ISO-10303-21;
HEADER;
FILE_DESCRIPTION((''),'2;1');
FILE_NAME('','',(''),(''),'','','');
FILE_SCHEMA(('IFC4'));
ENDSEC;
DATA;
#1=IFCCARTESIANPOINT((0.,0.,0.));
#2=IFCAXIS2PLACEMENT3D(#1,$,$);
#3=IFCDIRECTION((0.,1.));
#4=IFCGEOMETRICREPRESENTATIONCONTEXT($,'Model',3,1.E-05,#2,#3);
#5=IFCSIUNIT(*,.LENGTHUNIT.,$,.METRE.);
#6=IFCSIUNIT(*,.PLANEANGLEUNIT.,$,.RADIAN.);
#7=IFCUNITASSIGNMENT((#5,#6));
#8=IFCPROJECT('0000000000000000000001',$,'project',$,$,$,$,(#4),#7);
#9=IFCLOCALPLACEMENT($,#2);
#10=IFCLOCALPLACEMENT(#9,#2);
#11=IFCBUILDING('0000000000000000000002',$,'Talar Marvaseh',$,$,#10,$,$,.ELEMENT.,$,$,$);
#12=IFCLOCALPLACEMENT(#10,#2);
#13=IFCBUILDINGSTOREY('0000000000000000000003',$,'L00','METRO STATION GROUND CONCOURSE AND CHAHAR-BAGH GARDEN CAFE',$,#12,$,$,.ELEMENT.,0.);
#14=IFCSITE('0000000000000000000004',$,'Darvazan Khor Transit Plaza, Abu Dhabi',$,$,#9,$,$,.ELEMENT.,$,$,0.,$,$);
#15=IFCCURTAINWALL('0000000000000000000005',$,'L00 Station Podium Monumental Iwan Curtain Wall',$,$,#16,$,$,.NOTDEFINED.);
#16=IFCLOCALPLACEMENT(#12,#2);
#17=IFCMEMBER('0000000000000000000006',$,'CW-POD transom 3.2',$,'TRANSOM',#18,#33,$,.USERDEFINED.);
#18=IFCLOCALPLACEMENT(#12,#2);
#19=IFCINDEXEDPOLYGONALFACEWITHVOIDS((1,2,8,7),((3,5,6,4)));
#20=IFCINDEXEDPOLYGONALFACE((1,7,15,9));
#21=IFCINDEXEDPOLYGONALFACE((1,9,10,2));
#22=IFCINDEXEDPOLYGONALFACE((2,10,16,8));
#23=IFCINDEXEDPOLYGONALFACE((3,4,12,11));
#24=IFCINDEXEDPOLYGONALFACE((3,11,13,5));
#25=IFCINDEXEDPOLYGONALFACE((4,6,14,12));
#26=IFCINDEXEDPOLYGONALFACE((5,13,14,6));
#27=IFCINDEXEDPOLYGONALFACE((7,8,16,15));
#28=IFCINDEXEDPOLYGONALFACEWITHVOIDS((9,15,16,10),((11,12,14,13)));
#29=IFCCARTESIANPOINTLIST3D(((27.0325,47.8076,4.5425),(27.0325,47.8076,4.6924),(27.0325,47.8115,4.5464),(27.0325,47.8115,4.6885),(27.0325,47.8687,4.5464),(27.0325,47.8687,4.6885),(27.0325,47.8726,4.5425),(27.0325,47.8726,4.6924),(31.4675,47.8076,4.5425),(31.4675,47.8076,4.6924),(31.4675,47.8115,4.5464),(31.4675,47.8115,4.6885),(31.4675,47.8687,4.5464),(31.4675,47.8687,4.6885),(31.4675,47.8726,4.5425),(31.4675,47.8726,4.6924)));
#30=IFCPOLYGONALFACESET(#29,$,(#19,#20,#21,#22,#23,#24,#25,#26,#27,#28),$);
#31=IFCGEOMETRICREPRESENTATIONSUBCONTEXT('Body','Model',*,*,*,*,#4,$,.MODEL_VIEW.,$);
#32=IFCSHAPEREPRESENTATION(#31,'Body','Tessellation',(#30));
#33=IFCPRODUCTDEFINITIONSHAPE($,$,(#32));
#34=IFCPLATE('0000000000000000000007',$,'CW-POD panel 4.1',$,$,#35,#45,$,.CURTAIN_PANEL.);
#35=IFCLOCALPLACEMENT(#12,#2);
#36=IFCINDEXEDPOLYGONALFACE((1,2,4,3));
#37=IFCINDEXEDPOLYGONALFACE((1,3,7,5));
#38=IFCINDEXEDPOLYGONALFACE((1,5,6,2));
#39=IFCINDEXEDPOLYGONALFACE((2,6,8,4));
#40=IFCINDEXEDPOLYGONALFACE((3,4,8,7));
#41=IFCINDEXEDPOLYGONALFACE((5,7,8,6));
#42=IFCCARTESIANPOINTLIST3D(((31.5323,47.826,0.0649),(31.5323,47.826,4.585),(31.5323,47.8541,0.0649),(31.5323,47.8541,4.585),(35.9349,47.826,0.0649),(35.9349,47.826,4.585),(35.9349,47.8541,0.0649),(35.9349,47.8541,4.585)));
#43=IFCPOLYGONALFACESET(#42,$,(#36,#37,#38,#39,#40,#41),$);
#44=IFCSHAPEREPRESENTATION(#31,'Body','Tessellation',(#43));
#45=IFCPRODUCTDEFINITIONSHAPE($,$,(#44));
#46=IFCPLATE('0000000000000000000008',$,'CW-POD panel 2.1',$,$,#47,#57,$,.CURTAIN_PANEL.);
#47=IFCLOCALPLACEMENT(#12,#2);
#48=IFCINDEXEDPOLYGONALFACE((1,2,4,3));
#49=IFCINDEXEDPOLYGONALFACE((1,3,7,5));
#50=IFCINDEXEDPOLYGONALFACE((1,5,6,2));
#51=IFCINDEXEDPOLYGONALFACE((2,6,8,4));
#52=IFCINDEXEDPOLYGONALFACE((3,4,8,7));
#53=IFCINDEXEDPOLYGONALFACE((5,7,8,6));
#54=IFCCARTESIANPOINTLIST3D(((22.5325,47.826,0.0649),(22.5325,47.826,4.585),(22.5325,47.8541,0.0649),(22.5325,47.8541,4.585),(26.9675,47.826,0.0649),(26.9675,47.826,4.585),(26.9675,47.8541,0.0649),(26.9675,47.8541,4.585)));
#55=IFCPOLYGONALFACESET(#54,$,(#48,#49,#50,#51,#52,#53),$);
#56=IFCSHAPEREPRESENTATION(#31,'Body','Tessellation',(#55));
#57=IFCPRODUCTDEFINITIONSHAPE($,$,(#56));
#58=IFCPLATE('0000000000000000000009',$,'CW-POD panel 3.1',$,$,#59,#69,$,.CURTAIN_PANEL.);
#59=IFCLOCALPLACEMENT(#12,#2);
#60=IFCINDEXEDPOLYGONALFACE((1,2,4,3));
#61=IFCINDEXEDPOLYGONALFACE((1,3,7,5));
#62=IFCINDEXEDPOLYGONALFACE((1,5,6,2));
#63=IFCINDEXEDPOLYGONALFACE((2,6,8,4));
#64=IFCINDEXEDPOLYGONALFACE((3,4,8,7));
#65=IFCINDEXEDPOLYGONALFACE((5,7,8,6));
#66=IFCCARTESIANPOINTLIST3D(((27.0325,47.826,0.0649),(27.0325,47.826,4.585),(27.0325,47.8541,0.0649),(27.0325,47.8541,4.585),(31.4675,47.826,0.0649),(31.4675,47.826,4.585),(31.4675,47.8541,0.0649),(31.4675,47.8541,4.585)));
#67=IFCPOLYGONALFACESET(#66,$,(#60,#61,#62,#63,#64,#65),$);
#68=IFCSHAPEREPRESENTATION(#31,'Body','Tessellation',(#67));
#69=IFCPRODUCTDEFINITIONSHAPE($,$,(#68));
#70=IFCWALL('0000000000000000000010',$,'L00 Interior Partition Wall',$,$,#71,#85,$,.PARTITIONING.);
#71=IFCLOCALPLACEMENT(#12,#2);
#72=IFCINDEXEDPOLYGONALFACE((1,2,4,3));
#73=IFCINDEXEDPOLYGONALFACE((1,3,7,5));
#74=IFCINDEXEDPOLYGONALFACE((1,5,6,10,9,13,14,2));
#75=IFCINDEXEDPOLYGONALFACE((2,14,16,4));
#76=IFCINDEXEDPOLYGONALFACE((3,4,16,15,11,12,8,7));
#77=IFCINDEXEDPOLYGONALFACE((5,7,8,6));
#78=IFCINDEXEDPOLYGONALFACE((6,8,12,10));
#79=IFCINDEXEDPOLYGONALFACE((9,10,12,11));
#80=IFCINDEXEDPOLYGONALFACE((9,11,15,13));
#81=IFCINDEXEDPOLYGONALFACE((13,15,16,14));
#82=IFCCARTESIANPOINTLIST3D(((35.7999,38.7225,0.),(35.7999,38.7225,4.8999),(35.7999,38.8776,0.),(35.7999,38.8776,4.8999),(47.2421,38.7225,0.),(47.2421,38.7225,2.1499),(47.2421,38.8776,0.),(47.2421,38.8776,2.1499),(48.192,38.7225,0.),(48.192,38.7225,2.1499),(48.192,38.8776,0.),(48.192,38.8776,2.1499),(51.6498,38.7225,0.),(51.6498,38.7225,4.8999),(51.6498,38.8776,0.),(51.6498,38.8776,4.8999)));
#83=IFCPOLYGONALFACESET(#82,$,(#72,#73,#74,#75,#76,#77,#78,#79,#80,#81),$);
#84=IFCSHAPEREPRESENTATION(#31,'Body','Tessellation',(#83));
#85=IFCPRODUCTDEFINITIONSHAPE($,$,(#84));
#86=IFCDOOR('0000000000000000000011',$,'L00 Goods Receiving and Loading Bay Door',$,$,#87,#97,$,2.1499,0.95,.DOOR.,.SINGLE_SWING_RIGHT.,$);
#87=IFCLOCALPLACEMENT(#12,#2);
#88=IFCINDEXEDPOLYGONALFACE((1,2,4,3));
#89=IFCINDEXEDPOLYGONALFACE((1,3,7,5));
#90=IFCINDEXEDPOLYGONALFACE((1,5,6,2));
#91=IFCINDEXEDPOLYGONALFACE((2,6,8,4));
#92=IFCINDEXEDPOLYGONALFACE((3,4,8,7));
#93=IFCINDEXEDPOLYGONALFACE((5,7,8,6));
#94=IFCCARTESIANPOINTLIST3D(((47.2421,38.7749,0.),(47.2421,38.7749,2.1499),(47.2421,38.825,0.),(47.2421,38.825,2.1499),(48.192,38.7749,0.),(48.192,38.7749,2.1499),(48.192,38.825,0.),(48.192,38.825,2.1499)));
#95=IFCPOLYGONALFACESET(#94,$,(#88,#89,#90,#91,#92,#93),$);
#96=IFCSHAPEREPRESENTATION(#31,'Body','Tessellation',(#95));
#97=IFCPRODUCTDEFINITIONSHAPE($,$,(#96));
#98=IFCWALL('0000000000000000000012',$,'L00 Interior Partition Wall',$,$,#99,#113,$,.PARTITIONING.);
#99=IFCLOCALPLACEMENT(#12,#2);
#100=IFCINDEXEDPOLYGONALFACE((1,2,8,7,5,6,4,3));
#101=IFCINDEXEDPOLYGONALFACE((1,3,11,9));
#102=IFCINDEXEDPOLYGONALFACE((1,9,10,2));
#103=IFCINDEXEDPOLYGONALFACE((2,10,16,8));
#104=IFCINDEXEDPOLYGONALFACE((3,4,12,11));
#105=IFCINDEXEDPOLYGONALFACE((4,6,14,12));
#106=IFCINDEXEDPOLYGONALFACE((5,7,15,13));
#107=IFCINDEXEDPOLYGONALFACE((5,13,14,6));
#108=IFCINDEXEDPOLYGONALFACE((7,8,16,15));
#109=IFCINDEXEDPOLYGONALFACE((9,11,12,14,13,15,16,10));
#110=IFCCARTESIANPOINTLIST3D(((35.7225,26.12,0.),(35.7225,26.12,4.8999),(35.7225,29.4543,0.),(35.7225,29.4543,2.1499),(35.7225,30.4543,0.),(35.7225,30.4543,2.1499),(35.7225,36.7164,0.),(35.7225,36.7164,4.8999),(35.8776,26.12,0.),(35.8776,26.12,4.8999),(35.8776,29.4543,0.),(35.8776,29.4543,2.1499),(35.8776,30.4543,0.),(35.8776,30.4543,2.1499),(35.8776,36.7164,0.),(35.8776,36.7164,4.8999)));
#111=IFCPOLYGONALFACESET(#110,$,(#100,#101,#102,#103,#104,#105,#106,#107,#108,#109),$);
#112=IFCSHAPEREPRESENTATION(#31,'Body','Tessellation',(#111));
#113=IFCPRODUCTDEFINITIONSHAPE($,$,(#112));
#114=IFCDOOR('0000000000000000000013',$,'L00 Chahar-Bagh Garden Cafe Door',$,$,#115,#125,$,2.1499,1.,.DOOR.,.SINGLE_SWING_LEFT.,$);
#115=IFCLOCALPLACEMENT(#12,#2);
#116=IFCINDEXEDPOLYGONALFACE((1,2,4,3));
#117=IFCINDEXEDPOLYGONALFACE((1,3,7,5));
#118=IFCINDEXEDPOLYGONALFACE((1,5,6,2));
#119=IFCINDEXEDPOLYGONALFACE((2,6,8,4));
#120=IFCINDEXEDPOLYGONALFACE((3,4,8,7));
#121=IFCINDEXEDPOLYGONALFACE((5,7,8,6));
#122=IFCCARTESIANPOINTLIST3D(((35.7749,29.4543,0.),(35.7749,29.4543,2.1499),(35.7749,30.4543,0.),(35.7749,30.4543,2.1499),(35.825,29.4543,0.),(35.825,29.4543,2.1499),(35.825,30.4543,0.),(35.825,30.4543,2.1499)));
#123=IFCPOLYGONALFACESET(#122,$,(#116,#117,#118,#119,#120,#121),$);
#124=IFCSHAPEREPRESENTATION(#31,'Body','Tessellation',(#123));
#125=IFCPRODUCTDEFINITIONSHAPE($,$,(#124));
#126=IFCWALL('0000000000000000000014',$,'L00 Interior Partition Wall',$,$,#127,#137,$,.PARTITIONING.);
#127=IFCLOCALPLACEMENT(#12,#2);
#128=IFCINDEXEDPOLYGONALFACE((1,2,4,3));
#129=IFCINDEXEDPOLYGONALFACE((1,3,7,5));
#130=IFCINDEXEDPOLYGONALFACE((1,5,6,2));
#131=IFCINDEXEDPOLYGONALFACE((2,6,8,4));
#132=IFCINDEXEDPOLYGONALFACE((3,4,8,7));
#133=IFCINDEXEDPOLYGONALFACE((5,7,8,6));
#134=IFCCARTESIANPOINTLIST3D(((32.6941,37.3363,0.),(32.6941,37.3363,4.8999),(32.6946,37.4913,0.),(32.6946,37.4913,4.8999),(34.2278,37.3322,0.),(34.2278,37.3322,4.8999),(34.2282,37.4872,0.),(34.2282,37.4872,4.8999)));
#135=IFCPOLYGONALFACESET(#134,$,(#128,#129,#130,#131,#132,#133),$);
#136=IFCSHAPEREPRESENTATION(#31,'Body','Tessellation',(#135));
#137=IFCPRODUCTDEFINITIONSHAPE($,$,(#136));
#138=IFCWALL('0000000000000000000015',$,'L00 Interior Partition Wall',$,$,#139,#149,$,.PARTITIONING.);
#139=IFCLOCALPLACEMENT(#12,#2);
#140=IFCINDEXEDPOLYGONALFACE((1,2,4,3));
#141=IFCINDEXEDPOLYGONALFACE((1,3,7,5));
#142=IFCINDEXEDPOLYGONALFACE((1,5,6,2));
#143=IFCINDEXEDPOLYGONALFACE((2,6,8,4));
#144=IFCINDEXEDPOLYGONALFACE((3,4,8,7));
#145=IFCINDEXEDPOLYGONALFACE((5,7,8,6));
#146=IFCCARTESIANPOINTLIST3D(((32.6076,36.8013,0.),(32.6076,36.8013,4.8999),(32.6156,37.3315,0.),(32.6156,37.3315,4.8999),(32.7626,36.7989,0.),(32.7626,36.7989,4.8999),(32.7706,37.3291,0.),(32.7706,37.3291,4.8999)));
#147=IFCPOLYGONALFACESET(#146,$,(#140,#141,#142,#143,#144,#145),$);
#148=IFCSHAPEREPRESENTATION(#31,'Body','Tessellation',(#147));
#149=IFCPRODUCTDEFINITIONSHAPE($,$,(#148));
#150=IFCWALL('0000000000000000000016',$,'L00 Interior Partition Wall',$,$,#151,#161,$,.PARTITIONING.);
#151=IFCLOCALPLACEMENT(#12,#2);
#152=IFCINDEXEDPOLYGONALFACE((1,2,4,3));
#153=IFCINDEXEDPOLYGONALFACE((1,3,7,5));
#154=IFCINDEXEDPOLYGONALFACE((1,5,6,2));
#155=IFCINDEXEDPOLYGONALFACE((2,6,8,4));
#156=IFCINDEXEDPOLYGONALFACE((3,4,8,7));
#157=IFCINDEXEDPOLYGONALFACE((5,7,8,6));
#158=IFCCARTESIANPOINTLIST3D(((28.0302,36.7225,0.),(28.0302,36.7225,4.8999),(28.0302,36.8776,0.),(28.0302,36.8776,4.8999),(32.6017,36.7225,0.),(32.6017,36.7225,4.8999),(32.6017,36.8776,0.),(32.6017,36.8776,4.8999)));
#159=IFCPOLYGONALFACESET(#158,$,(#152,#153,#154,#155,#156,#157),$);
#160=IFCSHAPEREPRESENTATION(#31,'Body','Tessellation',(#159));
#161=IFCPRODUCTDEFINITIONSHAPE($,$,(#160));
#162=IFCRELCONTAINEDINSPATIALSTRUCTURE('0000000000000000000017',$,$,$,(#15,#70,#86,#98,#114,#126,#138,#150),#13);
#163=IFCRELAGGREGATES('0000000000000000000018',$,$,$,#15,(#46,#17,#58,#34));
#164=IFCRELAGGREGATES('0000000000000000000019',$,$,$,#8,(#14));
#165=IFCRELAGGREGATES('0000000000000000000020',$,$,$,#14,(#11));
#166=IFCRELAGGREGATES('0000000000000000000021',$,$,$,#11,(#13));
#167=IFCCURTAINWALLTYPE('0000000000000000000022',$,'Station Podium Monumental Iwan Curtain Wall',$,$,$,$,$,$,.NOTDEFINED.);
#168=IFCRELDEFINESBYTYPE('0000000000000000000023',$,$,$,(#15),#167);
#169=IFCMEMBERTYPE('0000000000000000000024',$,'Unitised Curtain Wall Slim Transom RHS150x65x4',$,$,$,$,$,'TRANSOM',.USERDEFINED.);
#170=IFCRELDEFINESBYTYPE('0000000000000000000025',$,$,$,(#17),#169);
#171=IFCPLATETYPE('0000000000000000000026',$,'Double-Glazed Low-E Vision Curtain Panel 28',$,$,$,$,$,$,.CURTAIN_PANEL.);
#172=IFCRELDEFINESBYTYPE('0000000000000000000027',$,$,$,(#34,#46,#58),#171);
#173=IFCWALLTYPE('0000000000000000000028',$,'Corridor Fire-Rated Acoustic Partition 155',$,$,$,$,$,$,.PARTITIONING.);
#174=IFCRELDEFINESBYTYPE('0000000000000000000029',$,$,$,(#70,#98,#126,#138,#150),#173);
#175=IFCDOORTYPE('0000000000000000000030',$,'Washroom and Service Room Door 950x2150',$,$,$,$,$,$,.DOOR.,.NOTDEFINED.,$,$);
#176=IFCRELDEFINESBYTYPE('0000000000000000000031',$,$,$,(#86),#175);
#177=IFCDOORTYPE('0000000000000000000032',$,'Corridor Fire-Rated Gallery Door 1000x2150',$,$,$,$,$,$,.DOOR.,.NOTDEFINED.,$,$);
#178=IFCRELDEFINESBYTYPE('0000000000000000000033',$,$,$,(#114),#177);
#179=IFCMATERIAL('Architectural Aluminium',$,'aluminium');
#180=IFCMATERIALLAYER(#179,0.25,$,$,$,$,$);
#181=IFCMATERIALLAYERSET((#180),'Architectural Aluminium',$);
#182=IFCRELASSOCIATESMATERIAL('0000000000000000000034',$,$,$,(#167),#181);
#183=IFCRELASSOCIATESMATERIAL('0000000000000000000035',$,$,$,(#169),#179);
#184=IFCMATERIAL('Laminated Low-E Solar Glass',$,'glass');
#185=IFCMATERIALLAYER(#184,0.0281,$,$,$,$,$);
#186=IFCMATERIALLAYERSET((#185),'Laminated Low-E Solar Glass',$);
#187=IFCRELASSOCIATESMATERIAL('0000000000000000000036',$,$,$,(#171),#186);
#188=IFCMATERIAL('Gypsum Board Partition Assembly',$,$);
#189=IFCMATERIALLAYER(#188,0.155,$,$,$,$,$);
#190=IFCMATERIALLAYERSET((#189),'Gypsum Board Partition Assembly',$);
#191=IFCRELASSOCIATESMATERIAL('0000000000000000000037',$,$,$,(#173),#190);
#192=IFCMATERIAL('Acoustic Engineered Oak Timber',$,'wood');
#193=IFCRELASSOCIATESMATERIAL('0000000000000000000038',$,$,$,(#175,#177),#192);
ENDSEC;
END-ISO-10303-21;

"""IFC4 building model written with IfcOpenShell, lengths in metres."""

from ifc_helpers import new_model, si_unit, direction, frame, frame_2d, origin, origin_2d, place, context, subcontext, project, spatial, rectangle, hollow_rectangle, extrude, source, transform, mapped, material, layer, layer_set, material_profile, profile_set, type_object, type_shapes, element, fill, aggregate, save


model = new_model("IFC4")

# Units and contexts
model_context = context("Model", 3, precision=1e-05, world=origin(), true_north=direction((0.0, 1.0)))
body_context = subcontext(model_context, "Body", "Model", "MODEL_VIEW")
ifc_project = project(units=[si_unit("LENGTHUNIT", "METRE"), si_unit("PLANEANGLEUNIT", "RADIAN")], contexts=[model_context])

# Site, building, storey
site_placement = place(None, origin())
site = spatial("IfcSite", under=ifc_project, at=site_placement, Name="Darvazan Khor Transit Plaza, Abu Dhabi", CompositionType="ELEMENT", RefElevation=0.0)
building_placement = place(site_placement, origin())
building = spatial("IfcBuilding", under=site, at=building_placement, Name="Talar Marvaseh", CompositionType="ELEMENT")
storey_placement = place(building_placement, origin())
storey = spatial("IfcBuildingStorey", under=building, at=storey_placement, Name="L00", Description="METRO STATION GROUND CONCOURSE AND CHAHAR-BAGH GARDEN CAFE", CompositionType="ELEMENT", Elevation=0.0)

# Curtain wall, member, plates
ifc_material_1 = material(Name="Architectural Aluminium", Category="aluminium")
ifc_layer_1 = layer(ifc_material_1, 0.25)
ifc_layer_set_1 = layer_set([ifc_layer_1], Name="Architectural Aluminium")
curtain_wall_type = type_object("IfcCurtainWallType", Name="Station Podium Monumental Iwan Curtain Wall", PredefinedType="NOTDEFINED", material=ifc_layer_set_1)
curtain_wall_placement = place(storey_placement, origin())
curtain_wall = element("IfcCurtainWall", 1, at=curtain_wall_placement, inside=storey, type_object=curtain_wall_type, Name="L00 Station Podium Monumental Iwan Curtain Wall", PredefinedType="NOTDEFINED")
ifc_material_profile_1 = material_profile(ifc_material_1, hollow_rectangle(XDim=0.0649, YDim=0.1499, WallThickness=0.0039, at=origin_2d()), Name="RHS150x65x4")
ifc_profile_set_1 = profile_set([ifc_material_profile_1], Name="Architectural Aluminium")
member_type_1 = type_object("IfcMemberType", Name="Unitised Curtain Wall Slim Transom RHS150x65x4", ElementType="TRANSOM", PredefinedType="USERDEFINED", material=ifc_profile_set_1)
shared_shape_1 = source(origin(), body_context, "Body", "SweptSolid", [
    extrude(hollow_rectangle(XDim=0.0649, YDim=0.1499, WallThickness=0.0039, at=origin_2d()), origin(), (0.0, 0.0, 1.0), 4.4351),
])
member_1_placement = place(storey_placement, frame((27.0325, 47.8401, 4.6174), z_axis=(1.0, 0.0, 0.0), x_axis=(0.0, 1.0, 0.0)))
member_1 = element("IfcMember", 2, at=member_1_placement, type_object=member_type_1, Name="CW-POD transom 3.2", ObjectType="TRANSOM", PredefinedType="USERDEFINED", context=body_context, shape_type="MappedRepresentation", body=[
    mapped(shared_shape_1, transform((0.0, 0.0, 0.0), x_axis=(1.0, 0.0, 0.0), y_axis=(0.0, 1.0, 0.0), z_axis=(0.0, 0.0, 1.0), scale=1.0)),
])
ifc_material_2 = material(Name="Laminated Low-E Solar Glass", Category="glass")
ifc_layer_2 = layer(ifc_material_2, 0.0281)
ifc_layer_set_2 = layer_set([ifc_layer_2], Name="Laminated Low-E Solar Glass")
plate_type = type_object("IfcPlateType", Name="Double-Glazed Low-E Vision Curtain Panel 28", PredefinedType="CURTAIN_PANEL", material=ifc_layer_set_2)
shared_shape_2 = source(origin(), body_context, "Body", "SweptSolid", [
    extrude(rectangle(XDim=4.4026, YDim=0.0281, at=origin_2d()), origin(), (0.0, 0.0, 1.0), 4.52),
])
plate_1_placement = place(storey_placement, frame((33.7336, 47.8401, 0.0649), z_axis=(0.0, 0.0, 1.0), x_axis=(1.0, 0.0, 0.0)))
plate_1 = element("IfcPlate", 3, at=plate_1_placement, type_object=plate_type, Name="CW-POD panel 4.1", PredefinedType="CURTAIN_PANEL", context=body_context, shape_type="MappedRepresentation", body=[
    mapped(shared_shape_2, transform((0.0, 0.0, 0.0), x_axis=(1.0, 0.0, 0.0), y_axis=(0.0, 1.0, 0.0), z_axis=(0.0, 0.0, 1.0), scale=1.0)),
])
shared_shape_3 = source(origin(), body_context, "Body", "SweptSolid", [
    extrude(rectangle(XDim=4.4351, YDim=0.0281, at=origin_2d()), origin(), (0.0, 0.0, 1.0), 4.52),
])
type_shapes(plate_type, [shared_shape_2, shared_shape_3])
plate_2_placement = place(storey_placement, frame((24.75, 47.8401, 0.0649), z_axis=(0.0, 0.0, 1.0), x_axis=(1.0, 0.0, 0.0)))
plate_2 = element("IfcPlate", 4, at=plate_2_placement, type_object=plate_type, Name="CW-POD panel 2.1", PredefinedType="CURTAIN_PANEL", context=body_context, shape_type="MappedRepresentation", body=[
    mapped(shared_shape_3, transform((0.0, 0.0, 0.0), x_axis=(1.0, 0.0, 0.0), y_axis=(0.0, 1.0, 0.0), z_axis=(0.0, 0.0, 1.0), scale=1.0)),
])
plate_3_placement = place(storey_placement, frame((29.25, 47.8401, 0.0649), z_axis=(0.0, 0.0, 1.0), x_axis=(1.0, 0.0, 0.0)))
plate_3 = element("IfcPlate", 5, at=plate_3_placement, type_object=plate_type, Name="CW-POD panel 3.1", PredefinedType="CURTAIN_PANEL", context=body_context, shape_type="MappedRepresentation", body=[
    mapped(shared_shape_3, transform((0.0, 0.0, 0.0), x_axis=(1.0, 0.0, 0.0), y_axis=(0.0, 1.0, 0.0), z_axis=(0.0, 0.0, 1.0), scale=1.0)),
])
aggregate(curtain_wall, [plate_2, member_1, plate_3, plate_1])

# Walls, openings, doors
ifc_material_3 = material(Name="Gypsum Board Partition Assembly")
ifc_layer_3 = layer(ifc_material_3, 0.155)
ifc_layer_set_3 = layer_set([ifc_layer_3], Name="Gypsum Board Partition Assembly")
wall_type_1 = type_object("IfcWallType", Name="Corridor Fire-Rated Acoustic Partition 155", PredefinedType="PARTITIONING", material=ifc_layer_set_3)
wall_1_placement = place(storey_placement, frame((35.8, 38.8, 0.0), z_axis=(0.0, 0.0, 1.0), x_axis=(1.0, 0.0, 0.0)))
wall_1 = element("IfcWall", 6, at=wall_1_placement, inside=storey, type_object=wall_type_1, Name="L00 Interior Partition Wall", PredefinedType="PARTITIONING", context=body_context, shape_type="SweptSolid", body=[
    extrude(rectangle(XDim=15.8499, YDim=0.155, at=frame_2d((7.9248, 0.0))), origin(), (0.0, 0.0, 1.0), 4.8999),
])
opening_1_placement = place(wall_1_placement, frame((11.4419, 0.0, 0.0)))
opening_1 = element("IfcOpeningElement", 7, at=opening_1_placement, cuts=wall_1, PredefinedType="OPENING", context=body_context, shape_type="SweptSolid", body=[
    extrude(rectangle(XDim=0.95, YDim=2.1499, at=frame_2d((0.4751, 1.075))), frame((0.0, 0.0874, 0.0), z_axis=(0.0, -1.0, 0.0), x_axis=(1.0, 0.0, 0.0)), (0.0, 0.0, 1.0), 0.175),
])
ifc_material_4 = material(Name="Acoustic Engineered Oak Timber", Category="wood")
door_type_1 = type_object("IfcDoorType", Name="Washroom and Service Room Door 950x2150", OperationType="NOTDEFINED", PredefinedType="DOOR", material=ifc_material_4)
shared_shape_4 = source(origin(), body_context, "Body", "SweptSolid", [
    extrude(rectangle(XDim=0.95, YDim=2.1499, at=frame_2d((0.4751, 1.075))), frame((0.0, 0.0249, 0.0), z_axis=(0.0, -1.0, 0.0), x_axis=(1.0, 0.0, 0.0)), (0.0, 0.0, 1.0), 0.05),
])
type_shapes(door_type_1, [shared_shape_4])
door_1_placement = place(opening_1_placement, origin())
door_1 = element("IfcDoor", 8, at=door_1_placement, inside=storey, type_object=door_type_1, Name="L00 Goods Receiving and Loading Bay Door", OperationType="SINGLE_SWING_RIGHT", OverallHeight=2.1499, OverallWidth=0.95, PredefinedType="DOOR", context=body_context, shape_type="MappedRepresentation", body=[
    mapped(shared_shape_4, transform((0.0, 0.0, 0.0), x_axis=(1.0, 0.0, 0.0), y_axis=(0.0, 1.0, 0.0), z_axis=(0.0, 0.0, 1.0), scale=1.0)),
])
fill(opening_1, door_1)
wall_2_placement = place(storey_placement, frame((35.8, 36.7166, 0.0), z_axis=(0.0, 0.0, 1.0), x_axis=(0.0, -1.0, 0.0)))
wall_2 = element("IfcWall", 9, at=wall_2_placement, inside=storey, type_object=wall_type_1, Name="L00 Interior Partition Wall", PredefinedType="PARTITIONING", context=body_context, shape_type="SweptSolid", body=[
    extrude(rectangle(XDim=10.5964, YDim=0.155, at=frame_2d((5.2983, 0.0))), origin(), (0.0, 0.0, 1.0), 4.8999),
])
opening_2_placement = place(wall_2_placement, frame((6.2622, 0.0, 0.0)))
opening_2 = element("IfcOpeningElement", 10, at=opening_2_placement, cuts=wall_2, PredefinedType="OPENING", context=body_context, shape_type="SweptSolid", body=[
    extrude(rectangle(XDim=1.0, YDim=2.1499, at=frame_2d((0.5, 1.075))), frame((0.0, 0.0874, 0.0), z_axis=(0.0, -1.0, 0.0), x_axis=(1.0, 0.0, 0.0)), (0.0, 0.0, 1.0), 0.175),
])
door_type_2 = type_object("IfcDoorType", Name="Corridor Fire-Rated Gallery Door 1000x2150", OperationType="NOTDEFINED", PredefinedType="DOOR", material=ifc_material_4)
shared_shape_5 = source(origin(), body_context, "Body", "SweptSolid", [
    extrude(rectangle(XDim=1.0, YDim=2.1499, at=frame_2d((0.5, 1.075))), frame((0.0, 0.0249, 0.0), z_axis=(0.0, -1.0, 0.0), x_axis=(1.0, 0.0, 0.0)), (0.0, 0.0, 1.0), 0.05),
])
type_shapes(door_type_2, [shared_shape_5])
door_2_placement = place(opening_2_placement, origin())
door_2 = element("IfcDoor", 11, at=door_2_placement, inside=storey, type_object=door_type_2, Name="L00 Chahar-Bagh Garden Cafe Door", OperationType="SINGLE_SWING_LEFT", OverallHeight=2.1499, OverallWidth=1.0, PredefinedType="DOOR", context=body_context, shape_type="MappedRepresentation", body=[
    mapped(shared_shape_5, transform((0.0, 0.0, 0.0), x_axis=(1.0, 0.0, 0.0), y_axis=(0.0, 1.0, 0.0), z_axis=(0.0, 0.0, 1.0), scale=1.0)),
])
fill(opening_2, door_2)

# Walls
wall_3_placement = place(storey_placement, frame((34.228, 37.4097, 0.0), z_axis=(0.0, 0.0, 1.0), x_axis=(-0.999996, 0.002706, 0.0)))
element("IfcWall", 12, at=wall_3_placement, inside=storey, type_object=wall_type_1, Name="L00 Interior Partition Wall", PredefinedType="PARTITIONING", context=body_context, shape_type="SweptSolid", body=[
    extrude(rectangle(XDim=1.5337, YDim=0.155, at=frame_2d((0.7668, 0.0))), origin(), (0.0, 0.0, 1.0), 4.8999),
])
wall_4_placement = place(storey_placement, frame((32.6931, 37.3303, 0.0), z_axis=(0.0, 0.0, 1.0), x_axis=(-0.015192, -0.999885, 0.0)))
element("IfcWall", 13, at=wall_4_placement, inside=storey, type_object=wall_type_1, Name="L00 Interior Partition Wall", PredefinedType="PARTITIONING", context=body_context, shape_type="SweptSolid", body=[
    extrude(rectangle(XDim=0.5303, YDim=0.155, at=frame_2d((0.2651, 0.0))), origin(), (0.0, 0.0, 1.0), 4.8999),
])
wall_5_placement = place(storey_placement, frame((32.6016, 36.8, 0.0), z_axis=(0.0, 0.0, 1.0), x_axis=(-1.0, 0.0, 0.0)))
element("IfcWall", 14, at=wall_5_placement, inside=storey, type_object=wall_type_1, Name="L00 Interior Partition Wall", PredefinedType="PARTITIONING", context=body_context, shape_type="SweptSolid", body=[
    extrude(rectangle(XDim=4.5715, YDim=0.155, at=frame_2d((2.2856, 0.0))), origin(), (0.0, 0.0, 1.0), 4.8999),
])

save(model, "model.ifc")
